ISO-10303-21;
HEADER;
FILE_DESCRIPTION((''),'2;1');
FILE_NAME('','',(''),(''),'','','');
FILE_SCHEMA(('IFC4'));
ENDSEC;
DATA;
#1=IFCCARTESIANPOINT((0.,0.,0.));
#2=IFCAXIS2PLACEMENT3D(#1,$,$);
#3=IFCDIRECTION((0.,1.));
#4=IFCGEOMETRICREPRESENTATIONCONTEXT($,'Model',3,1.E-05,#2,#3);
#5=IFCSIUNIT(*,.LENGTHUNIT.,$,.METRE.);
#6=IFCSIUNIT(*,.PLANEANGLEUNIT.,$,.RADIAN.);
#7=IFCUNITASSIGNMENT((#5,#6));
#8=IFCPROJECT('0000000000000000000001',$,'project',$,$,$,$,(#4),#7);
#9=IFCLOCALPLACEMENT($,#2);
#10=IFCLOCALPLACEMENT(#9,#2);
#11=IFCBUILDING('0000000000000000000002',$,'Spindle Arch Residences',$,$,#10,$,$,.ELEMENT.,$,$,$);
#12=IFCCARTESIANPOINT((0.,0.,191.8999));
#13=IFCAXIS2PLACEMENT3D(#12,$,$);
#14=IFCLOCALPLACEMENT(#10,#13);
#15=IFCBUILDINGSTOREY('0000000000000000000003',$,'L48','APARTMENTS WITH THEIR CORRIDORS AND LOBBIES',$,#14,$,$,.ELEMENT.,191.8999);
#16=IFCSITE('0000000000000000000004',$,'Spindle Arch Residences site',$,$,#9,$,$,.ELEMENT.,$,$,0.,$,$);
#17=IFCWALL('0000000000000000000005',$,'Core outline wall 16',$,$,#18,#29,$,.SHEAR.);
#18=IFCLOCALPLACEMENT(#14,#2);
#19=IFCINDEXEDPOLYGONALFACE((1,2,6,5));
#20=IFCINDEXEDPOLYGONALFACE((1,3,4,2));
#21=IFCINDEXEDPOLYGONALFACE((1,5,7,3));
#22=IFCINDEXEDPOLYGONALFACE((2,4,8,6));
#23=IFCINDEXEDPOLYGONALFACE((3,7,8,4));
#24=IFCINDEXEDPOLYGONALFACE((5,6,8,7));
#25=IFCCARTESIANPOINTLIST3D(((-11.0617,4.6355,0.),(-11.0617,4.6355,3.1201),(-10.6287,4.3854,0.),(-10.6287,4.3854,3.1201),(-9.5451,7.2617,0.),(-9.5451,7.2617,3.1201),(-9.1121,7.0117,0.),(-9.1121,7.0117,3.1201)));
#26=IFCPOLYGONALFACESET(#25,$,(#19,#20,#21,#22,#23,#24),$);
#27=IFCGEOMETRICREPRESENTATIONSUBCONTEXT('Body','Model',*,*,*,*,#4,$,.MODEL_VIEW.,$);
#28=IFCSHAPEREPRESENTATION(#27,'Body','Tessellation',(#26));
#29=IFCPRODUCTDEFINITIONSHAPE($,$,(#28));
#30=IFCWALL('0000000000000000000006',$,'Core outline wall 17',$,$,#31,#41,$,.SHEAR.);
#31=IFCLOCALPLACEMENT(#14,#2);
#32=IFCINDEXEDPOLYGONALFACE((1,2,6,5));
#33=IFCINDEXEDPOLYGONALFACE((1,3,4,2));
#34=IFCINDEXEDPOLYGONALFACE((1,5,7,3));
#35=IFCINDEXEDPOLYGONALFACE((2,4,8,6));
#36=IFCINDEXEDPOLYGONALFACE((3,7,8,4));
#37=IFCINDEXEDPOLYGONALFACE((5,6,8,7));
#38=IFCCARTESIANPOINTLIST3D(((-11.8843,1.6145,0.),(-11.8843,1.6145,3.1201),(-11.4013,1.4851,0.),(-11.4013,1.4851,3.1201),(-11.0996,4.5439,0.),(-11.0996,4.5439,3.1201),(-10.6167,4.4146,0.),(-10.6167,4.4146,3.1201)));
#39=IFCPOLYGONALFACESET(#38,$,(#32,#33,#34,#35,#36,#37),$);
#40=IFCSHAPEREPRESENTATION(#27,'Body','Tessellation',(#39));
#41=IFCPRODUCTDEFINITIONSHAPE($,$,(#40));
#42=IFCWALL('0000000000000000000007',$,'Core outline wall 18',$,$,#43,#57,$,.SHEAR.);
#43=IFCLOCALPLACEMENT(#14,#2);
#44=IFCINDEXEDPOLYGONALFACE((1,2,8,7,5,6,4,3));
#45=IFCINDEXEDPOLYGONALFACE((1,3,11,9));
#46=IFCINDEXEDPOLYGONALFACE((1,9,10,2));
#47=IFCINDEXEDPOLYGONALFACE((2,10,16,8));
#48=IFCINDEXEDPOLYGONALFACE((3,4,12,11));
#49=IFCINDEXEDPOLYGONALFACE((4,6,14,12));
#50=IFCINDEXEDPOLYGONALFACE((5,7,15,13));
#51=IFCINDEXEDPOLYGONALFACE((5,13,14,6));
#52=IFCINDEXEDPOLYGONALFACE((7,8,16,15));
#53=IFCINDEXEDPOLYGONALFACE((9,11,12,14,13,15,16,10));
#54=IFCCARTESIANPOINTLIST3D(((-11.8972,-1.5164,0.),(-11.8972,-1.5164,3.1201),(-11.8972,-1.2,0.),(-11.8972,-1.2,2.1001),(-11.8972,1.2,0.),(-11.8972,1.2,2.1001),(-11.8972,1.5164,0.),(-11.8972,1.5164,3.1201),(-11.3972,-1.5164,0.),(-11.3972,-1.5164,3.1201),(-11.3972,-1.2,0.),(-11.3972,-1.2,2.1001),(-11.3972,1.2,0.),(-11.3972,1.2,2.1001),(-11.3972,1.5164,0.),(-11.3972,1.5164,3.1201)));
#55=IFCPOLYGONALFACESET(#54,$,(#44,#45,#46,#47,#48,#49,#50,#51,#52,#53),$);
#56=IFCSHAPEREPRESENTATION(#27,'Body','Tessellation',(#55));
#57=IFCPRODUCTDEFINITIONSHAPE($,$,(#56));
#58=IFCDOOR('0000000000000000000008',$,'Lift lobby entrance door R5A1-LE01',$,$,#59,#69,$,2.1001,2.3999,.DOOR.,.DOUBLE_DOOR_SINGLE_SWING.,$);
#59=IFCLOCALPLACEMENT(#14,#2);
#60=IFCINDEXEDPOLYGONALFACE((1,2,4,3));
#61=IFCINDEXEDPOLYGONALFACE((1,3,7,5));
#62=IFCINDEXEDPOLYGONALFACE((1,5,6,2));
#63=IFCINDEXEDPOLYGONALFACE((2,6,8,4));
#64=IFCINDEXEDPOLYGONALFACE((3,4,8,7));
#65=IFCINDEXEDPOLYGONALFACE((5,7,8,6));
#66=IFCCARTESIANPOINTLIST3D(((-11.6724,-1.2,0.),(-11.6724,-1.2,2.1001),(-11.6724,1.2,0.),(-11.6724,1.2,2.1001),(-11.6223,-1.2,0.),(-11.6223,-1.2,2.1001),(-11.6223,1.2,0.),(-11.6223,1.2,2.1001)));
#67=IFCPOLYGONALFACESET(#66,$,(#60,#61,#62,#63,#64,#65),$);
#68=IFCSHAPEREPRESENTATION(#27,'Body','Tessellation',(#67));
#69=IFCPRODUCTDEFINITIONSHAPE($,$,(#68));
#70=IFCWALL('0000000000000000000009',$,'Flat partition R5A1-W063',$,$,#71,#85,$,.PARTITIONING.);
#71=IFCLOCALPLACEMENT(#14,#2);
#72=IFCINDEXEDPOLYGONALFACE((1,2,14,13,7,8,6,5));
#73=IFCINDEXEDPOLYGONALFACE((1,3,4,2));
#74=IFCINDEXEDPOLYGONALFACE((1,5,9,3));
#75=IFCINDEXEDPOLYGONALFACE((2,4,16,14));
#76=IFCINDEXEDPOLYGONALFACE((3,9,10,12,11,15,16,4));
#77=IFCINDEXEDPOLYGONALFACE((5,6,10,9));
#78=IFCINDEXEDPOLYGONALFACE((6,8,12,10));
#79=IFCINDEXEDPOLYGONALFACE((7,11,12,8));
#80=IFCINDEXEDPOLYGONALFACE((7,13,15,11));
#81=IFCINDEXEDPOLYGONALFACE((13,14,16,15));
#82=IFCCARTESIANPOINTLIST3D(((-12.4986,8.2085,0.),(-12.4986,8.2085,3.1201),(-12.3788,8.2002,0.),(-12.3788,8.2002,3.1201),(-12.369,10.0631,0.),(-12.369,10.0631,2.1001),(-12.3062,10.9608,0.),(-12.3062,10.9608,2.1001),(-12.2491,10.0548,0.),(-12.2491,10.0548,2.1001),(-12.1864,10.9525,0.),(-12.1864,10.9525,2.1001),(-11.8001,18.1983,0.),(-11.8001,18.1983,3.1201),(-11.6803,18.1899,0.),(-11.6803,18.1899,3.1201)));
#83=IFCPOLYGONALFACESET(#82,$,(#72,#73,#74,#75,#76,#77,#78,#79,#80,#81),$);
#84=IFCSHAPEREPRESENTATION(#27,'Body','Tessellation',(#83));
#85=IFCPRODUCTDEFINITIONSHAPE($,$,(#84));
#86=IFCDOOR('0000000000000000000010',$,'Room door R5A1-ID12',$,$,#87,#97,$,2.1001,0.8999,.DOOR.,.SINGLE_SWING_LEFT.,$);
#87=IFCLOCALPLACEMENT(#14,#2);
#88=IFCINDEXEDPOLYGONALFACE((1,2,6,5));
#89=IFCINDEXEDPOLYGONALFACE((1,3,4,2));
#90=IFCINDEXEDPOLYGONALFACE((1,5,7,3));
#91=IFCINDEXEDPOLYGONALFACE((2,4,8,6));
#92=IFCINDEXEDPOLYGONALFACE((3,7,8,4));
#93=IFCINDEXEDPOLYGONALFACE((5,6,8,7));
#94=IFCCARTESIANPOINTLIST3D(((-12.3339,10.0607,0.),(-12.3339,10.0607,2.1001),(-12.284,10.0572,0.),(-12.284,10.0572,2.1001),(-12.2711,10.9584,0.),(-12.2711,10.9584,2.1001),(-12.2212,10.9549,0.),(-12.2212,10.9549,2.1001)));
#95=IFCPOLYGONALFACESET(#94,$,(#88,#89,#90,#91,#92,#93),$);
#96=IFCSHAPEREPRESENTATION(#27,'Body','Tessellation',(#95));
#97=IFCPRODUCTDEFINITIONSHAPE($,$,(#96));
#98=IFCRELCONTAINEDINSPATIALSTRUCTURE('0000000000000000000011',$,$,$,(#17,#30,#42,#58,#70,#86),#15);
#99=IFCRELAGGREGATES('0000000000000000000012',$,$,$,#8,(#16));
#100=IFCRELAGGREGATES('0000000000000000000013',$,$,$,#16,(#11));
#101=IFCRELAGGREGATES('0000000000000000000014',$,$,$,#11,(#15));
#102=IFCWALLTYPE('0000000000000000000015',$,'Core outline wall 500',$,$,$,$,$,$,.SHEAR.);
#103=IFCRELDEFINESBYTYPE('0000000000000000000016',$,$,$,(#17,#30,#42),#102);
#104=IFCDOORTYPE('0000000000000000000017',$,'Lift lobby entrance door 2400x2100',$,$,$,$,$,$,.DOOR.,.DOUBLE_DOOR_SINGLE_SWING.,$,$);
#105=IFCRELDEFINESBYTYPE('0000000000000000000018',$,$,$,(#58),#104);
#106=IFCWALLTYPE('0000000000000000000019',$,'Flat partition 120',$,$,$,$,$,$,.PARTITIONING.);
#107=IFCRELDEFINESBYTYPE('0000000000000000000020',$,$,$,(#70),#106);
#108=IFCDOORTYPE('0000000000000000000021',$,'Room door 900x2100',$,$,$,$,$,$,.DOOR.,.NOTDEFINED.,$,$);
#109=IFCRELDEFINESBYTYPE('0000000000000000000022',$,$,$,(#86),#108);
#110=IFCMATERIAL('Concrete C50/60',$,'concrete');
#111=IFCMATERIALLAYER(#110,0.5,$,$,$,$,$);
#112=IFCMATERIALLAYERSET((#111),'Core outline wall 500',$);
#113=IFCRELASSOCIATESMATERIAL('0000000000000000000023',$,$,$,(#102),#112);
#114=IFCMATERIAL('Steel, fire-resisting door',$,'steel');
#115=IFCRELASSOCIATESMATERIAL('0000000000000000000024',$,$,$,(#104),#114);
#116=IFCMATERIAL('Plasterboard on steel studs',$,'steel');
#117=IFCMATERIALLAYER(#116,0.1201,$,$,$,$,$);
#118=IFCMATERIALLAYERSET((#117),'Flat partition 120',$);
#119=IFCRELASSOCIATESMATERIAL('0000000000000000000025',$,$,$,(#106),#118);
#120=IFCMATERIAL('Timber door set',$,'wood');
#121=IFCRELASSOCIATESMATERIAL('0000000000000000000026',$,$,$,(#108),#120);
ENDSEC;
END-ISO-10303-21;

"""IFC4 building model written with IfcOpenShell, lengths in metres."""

from ifc_helpers import new_model, si_unit, direction, frame, frame_2d, origin, place, context, subcontext, project, spatial, rectangle, extrude, material, layer, layer_set, type_object, element, fill, save


model = new_model("IFC4")

# Units and contexts
model_context = context("Model", 3, precision=1e-05, world=origin(), true_north=direction((0.0, 1.0)))
body_context = subcontext(model_context, "Body", "Model", "MODEL_VIEW")
ifc_project = project(units=[si_unit("LENGTHUNIT", "METRE"), si_unit("PLANEANGLEUNIT", "RADIAN")], contexts=[model_context])

# Site, building, storey
site_placement = place(None, origin())
site = spatial("IfcSite", under=ifc_project, at=site_placement, Name="Spindle Arch Residences site", CompositionType="ELEMENT", RefElevation=0.0)
building_placement = place(site_placement, origin())
building = spatial("IfcBuilding", under=site, at=building_placement, Name="Spindle Arch Residences", CompositionType="ELEMENT")
storey_placement = place(building_placement, frame((0.0, 0.0, 191.8999)))
storey = spatial("IfcBuildingStorey", under=building, at=storey_placement, Name="L48", Description="APARTMENTS WITH THEIR CORRIDORS AND LOBBIES", CompositionType="ELEMENT", Elevation=191.8999)

# Walls
ifc_material_1 = material(Name="Concrete C50/60", Category="concrete")
ifc_layer_1 = layer(ifc_material_1, 0.5)
ifc_layer_set_1 = layer_set([ifc_layer_1], Name="Core outline wall 500")
wall_type_1 = type_object("IfcWallType", Name="Core outline wall 500", PredefinedType="SHEAR", material=ifc_layer_set_1)
for number, where, z_axis, x_axis, name in (
    (1, (-9.3286, 7.1367, 0.0), (0.0, 0.0, 1.0), (-0.500087, -0.865975, 0.0), "Core outline wall 16"),
    (2, (-10.8582, 4.4792, 0.0), (0.0, 0.0, 1.0), (-0.258735, -0.965948, 0.0), "Core outline wall 17"),
):
    element("IfcWall", number, at=place(storey_placement, frame(where, z_axis=z_axis, x_axis=x_axis)), inside=storey, type_object=wall_type_1, Name=name, PredefinedType="SHEAR", context=body_context, shape_type="SweptSolid", body=[
        extrude(rectangle(XDim=3.0327, YDim=0.5, at=frame_2d((1.5164, 0.0))), origin(), (0.0, 0.0, 1.0), 3.1201),
    ])

# Walls, openings, doors
wall_1_placement = place(storey_placement, frame((-11.6472, 1.5164, 0.0), z_axis=(0.0, 0.0, 1.0), x_axis=(0.0, -1.0, 0.0)))
wall_1 = element("IfcWall", 3, at=wall_1_placement, inside=storey, type_object=wall_type_1, Name="Core outline wall 18", PredefinedType="SHEAR", context=body_context, shape_type="SweptSolid", body=[
    extrude(rectangle(XDim=3.0327, YDim=0.5, at=frame_2d((1.5164, 0.0))), origin(), (0.0, 0.0, 1.0), 3.1201),
])
opening_1_placement = place(wall_1_placement, frame((0.3164, 0.0, 0.0)))
opening_1 = element("IfcOpeningElement", 4, at=opening_1_placement, cuts=wall_1, PredefinedType="OPENING", context=body_context, shape_type="SweptSolid", body=[
    extrude(rectangle(XDim=2.3999, YDim=2.1001, at=frame_2d((1.2, 1.05))), frame((0.0, 0.26, 0.0), z_axis=(0.0, -1.0, 0.0), x_axis=(1.0, 0.0, 0.0)), (0.0, 0.0, 1.0), 0.52),
])
ifc_material_2 = material(Name="Steel, fire-resisting door", Category="steel")
door_type_1 = type_object("IfcDoorType", Name="Lift lobby entrance door 2400x2100", OperationType="DOUBLE_DOOR_SINGLE_SWING", PredefinedType="DOOR", material=ifc_material_2)
door_1_placement = place(opening_1_placement, origin())
door_1 = element("IfcDoor", 5, at=door_1_placement, inside=storey, type_object=door_type_1, Name="Lift lobby entrance door R5A1-LE01", OperationType="DOUBLE_DOOR_SINGLE_SWING", OverallHeight=2.1001, OverallWidth=2.3999, PredefinedType="DOOR", context=body_context, shape_type="SweptSolid", body=[
    extrude(rectangle(XDim=2.3999, YDim=2.1001, at=frame_2d((1.2, 1.05))), frame((0.0, 0.0249, 0.0), z_axis=(0.0, -1.0, 0.0), x_axis=(1.0, 0.0, 0.0)), (0.0, 0.0, 1.0), 0.05),
])
fill(opening_1, door_1)
ifc_material_3 = material(Name="Plasterboard on steel studs", Category="steel")
ifc_layer_2 = layer(ifc_material_3, 0.1201)
ifc_layer_set_2 = layer_set([ifc_layer_2], Name="Flat partition 120")
wall_type_2 = type_object("IfcWallType", Name="Flat partition 120", PredefinedType="PARTITIONING", material=ifc_layer_set_2)
wall_2_placement = place(storey_placement, frame((-12.4387, 8.2043, 0.0), z_axis=(0.0, 0.0, 1.0), x_axis=(0.06975, 0.997565, 0.0)))
wall_2 = element("IfcWall", 6, at=wall_2_placement, inside=storey, type_object=wall_type_2, Name="Flat partition R5A1-W063", PredefinedType="PARTITIONING", context=body_context, shape_type="SweptSolid", body=[
    extrude(rectangle(XDim=10.0142, YDim=0.1201, at=frame_2d((5.0071, 0.0))), origin(), (0.0, 0.0, 1.0), 3.1201),
])
opening_2_placement = place(wall_2_placement, frame((1.8591, 0.0, 0.0)))
opening_2 = element("IfcOpeningElement", 7, at=opening_2_placement, cuts=wall_2, PredefinedType="OPENING", context=body_context, shape_type="SweptSolid", body=[
    extrude(rectangle(XDim=0.8999, YDim=2.1001, at=frame_2d((0.45, 1.05))), frame((0.0, 0.0701, 0.0), z_axis=(0.0, -1.0, 0.0), x_axis=(1.0, 0.0, 0.0)), (0.0, 0.0, 1.0), 0.1401),
])
ifc_material_4 = material(Name="Timber door set", Category="wood")
door_type_2 = type_object("IfcDoorType", Name="Room door 900x2100", OperationType="NOTDEFINED", PredefinedType="DOOR", material=ifc_material_4)
door_2_placement = place(opening_2_placement, origin())
door_2 = element("IfcDoor", 8, at=door_2_placement, inside=storey, type_object=door_type_2, Name="Room door R5A1-ID12", OperationType="SINGLE_SWING_LEFT", OverallHeight=2.1001, OverallWidth=0.8999, PredefinedType="DOOR", context=body_context, shape_type="SweptSolid", body=[
    extrude(rectangle(XDim=0.8999, YDim=2.1001, at=frame_2d((0.45, 1.05))), frame((0.0, 0.0249, 0.0), z_axis=(0.0, -1.0, 0.0), x_axis=(1.0, 0.0, 0.0)), (0.0, 0.0, 1.0), 0.05),
])
fill(opening_2, door_2)

save(model, "model.ifc")
